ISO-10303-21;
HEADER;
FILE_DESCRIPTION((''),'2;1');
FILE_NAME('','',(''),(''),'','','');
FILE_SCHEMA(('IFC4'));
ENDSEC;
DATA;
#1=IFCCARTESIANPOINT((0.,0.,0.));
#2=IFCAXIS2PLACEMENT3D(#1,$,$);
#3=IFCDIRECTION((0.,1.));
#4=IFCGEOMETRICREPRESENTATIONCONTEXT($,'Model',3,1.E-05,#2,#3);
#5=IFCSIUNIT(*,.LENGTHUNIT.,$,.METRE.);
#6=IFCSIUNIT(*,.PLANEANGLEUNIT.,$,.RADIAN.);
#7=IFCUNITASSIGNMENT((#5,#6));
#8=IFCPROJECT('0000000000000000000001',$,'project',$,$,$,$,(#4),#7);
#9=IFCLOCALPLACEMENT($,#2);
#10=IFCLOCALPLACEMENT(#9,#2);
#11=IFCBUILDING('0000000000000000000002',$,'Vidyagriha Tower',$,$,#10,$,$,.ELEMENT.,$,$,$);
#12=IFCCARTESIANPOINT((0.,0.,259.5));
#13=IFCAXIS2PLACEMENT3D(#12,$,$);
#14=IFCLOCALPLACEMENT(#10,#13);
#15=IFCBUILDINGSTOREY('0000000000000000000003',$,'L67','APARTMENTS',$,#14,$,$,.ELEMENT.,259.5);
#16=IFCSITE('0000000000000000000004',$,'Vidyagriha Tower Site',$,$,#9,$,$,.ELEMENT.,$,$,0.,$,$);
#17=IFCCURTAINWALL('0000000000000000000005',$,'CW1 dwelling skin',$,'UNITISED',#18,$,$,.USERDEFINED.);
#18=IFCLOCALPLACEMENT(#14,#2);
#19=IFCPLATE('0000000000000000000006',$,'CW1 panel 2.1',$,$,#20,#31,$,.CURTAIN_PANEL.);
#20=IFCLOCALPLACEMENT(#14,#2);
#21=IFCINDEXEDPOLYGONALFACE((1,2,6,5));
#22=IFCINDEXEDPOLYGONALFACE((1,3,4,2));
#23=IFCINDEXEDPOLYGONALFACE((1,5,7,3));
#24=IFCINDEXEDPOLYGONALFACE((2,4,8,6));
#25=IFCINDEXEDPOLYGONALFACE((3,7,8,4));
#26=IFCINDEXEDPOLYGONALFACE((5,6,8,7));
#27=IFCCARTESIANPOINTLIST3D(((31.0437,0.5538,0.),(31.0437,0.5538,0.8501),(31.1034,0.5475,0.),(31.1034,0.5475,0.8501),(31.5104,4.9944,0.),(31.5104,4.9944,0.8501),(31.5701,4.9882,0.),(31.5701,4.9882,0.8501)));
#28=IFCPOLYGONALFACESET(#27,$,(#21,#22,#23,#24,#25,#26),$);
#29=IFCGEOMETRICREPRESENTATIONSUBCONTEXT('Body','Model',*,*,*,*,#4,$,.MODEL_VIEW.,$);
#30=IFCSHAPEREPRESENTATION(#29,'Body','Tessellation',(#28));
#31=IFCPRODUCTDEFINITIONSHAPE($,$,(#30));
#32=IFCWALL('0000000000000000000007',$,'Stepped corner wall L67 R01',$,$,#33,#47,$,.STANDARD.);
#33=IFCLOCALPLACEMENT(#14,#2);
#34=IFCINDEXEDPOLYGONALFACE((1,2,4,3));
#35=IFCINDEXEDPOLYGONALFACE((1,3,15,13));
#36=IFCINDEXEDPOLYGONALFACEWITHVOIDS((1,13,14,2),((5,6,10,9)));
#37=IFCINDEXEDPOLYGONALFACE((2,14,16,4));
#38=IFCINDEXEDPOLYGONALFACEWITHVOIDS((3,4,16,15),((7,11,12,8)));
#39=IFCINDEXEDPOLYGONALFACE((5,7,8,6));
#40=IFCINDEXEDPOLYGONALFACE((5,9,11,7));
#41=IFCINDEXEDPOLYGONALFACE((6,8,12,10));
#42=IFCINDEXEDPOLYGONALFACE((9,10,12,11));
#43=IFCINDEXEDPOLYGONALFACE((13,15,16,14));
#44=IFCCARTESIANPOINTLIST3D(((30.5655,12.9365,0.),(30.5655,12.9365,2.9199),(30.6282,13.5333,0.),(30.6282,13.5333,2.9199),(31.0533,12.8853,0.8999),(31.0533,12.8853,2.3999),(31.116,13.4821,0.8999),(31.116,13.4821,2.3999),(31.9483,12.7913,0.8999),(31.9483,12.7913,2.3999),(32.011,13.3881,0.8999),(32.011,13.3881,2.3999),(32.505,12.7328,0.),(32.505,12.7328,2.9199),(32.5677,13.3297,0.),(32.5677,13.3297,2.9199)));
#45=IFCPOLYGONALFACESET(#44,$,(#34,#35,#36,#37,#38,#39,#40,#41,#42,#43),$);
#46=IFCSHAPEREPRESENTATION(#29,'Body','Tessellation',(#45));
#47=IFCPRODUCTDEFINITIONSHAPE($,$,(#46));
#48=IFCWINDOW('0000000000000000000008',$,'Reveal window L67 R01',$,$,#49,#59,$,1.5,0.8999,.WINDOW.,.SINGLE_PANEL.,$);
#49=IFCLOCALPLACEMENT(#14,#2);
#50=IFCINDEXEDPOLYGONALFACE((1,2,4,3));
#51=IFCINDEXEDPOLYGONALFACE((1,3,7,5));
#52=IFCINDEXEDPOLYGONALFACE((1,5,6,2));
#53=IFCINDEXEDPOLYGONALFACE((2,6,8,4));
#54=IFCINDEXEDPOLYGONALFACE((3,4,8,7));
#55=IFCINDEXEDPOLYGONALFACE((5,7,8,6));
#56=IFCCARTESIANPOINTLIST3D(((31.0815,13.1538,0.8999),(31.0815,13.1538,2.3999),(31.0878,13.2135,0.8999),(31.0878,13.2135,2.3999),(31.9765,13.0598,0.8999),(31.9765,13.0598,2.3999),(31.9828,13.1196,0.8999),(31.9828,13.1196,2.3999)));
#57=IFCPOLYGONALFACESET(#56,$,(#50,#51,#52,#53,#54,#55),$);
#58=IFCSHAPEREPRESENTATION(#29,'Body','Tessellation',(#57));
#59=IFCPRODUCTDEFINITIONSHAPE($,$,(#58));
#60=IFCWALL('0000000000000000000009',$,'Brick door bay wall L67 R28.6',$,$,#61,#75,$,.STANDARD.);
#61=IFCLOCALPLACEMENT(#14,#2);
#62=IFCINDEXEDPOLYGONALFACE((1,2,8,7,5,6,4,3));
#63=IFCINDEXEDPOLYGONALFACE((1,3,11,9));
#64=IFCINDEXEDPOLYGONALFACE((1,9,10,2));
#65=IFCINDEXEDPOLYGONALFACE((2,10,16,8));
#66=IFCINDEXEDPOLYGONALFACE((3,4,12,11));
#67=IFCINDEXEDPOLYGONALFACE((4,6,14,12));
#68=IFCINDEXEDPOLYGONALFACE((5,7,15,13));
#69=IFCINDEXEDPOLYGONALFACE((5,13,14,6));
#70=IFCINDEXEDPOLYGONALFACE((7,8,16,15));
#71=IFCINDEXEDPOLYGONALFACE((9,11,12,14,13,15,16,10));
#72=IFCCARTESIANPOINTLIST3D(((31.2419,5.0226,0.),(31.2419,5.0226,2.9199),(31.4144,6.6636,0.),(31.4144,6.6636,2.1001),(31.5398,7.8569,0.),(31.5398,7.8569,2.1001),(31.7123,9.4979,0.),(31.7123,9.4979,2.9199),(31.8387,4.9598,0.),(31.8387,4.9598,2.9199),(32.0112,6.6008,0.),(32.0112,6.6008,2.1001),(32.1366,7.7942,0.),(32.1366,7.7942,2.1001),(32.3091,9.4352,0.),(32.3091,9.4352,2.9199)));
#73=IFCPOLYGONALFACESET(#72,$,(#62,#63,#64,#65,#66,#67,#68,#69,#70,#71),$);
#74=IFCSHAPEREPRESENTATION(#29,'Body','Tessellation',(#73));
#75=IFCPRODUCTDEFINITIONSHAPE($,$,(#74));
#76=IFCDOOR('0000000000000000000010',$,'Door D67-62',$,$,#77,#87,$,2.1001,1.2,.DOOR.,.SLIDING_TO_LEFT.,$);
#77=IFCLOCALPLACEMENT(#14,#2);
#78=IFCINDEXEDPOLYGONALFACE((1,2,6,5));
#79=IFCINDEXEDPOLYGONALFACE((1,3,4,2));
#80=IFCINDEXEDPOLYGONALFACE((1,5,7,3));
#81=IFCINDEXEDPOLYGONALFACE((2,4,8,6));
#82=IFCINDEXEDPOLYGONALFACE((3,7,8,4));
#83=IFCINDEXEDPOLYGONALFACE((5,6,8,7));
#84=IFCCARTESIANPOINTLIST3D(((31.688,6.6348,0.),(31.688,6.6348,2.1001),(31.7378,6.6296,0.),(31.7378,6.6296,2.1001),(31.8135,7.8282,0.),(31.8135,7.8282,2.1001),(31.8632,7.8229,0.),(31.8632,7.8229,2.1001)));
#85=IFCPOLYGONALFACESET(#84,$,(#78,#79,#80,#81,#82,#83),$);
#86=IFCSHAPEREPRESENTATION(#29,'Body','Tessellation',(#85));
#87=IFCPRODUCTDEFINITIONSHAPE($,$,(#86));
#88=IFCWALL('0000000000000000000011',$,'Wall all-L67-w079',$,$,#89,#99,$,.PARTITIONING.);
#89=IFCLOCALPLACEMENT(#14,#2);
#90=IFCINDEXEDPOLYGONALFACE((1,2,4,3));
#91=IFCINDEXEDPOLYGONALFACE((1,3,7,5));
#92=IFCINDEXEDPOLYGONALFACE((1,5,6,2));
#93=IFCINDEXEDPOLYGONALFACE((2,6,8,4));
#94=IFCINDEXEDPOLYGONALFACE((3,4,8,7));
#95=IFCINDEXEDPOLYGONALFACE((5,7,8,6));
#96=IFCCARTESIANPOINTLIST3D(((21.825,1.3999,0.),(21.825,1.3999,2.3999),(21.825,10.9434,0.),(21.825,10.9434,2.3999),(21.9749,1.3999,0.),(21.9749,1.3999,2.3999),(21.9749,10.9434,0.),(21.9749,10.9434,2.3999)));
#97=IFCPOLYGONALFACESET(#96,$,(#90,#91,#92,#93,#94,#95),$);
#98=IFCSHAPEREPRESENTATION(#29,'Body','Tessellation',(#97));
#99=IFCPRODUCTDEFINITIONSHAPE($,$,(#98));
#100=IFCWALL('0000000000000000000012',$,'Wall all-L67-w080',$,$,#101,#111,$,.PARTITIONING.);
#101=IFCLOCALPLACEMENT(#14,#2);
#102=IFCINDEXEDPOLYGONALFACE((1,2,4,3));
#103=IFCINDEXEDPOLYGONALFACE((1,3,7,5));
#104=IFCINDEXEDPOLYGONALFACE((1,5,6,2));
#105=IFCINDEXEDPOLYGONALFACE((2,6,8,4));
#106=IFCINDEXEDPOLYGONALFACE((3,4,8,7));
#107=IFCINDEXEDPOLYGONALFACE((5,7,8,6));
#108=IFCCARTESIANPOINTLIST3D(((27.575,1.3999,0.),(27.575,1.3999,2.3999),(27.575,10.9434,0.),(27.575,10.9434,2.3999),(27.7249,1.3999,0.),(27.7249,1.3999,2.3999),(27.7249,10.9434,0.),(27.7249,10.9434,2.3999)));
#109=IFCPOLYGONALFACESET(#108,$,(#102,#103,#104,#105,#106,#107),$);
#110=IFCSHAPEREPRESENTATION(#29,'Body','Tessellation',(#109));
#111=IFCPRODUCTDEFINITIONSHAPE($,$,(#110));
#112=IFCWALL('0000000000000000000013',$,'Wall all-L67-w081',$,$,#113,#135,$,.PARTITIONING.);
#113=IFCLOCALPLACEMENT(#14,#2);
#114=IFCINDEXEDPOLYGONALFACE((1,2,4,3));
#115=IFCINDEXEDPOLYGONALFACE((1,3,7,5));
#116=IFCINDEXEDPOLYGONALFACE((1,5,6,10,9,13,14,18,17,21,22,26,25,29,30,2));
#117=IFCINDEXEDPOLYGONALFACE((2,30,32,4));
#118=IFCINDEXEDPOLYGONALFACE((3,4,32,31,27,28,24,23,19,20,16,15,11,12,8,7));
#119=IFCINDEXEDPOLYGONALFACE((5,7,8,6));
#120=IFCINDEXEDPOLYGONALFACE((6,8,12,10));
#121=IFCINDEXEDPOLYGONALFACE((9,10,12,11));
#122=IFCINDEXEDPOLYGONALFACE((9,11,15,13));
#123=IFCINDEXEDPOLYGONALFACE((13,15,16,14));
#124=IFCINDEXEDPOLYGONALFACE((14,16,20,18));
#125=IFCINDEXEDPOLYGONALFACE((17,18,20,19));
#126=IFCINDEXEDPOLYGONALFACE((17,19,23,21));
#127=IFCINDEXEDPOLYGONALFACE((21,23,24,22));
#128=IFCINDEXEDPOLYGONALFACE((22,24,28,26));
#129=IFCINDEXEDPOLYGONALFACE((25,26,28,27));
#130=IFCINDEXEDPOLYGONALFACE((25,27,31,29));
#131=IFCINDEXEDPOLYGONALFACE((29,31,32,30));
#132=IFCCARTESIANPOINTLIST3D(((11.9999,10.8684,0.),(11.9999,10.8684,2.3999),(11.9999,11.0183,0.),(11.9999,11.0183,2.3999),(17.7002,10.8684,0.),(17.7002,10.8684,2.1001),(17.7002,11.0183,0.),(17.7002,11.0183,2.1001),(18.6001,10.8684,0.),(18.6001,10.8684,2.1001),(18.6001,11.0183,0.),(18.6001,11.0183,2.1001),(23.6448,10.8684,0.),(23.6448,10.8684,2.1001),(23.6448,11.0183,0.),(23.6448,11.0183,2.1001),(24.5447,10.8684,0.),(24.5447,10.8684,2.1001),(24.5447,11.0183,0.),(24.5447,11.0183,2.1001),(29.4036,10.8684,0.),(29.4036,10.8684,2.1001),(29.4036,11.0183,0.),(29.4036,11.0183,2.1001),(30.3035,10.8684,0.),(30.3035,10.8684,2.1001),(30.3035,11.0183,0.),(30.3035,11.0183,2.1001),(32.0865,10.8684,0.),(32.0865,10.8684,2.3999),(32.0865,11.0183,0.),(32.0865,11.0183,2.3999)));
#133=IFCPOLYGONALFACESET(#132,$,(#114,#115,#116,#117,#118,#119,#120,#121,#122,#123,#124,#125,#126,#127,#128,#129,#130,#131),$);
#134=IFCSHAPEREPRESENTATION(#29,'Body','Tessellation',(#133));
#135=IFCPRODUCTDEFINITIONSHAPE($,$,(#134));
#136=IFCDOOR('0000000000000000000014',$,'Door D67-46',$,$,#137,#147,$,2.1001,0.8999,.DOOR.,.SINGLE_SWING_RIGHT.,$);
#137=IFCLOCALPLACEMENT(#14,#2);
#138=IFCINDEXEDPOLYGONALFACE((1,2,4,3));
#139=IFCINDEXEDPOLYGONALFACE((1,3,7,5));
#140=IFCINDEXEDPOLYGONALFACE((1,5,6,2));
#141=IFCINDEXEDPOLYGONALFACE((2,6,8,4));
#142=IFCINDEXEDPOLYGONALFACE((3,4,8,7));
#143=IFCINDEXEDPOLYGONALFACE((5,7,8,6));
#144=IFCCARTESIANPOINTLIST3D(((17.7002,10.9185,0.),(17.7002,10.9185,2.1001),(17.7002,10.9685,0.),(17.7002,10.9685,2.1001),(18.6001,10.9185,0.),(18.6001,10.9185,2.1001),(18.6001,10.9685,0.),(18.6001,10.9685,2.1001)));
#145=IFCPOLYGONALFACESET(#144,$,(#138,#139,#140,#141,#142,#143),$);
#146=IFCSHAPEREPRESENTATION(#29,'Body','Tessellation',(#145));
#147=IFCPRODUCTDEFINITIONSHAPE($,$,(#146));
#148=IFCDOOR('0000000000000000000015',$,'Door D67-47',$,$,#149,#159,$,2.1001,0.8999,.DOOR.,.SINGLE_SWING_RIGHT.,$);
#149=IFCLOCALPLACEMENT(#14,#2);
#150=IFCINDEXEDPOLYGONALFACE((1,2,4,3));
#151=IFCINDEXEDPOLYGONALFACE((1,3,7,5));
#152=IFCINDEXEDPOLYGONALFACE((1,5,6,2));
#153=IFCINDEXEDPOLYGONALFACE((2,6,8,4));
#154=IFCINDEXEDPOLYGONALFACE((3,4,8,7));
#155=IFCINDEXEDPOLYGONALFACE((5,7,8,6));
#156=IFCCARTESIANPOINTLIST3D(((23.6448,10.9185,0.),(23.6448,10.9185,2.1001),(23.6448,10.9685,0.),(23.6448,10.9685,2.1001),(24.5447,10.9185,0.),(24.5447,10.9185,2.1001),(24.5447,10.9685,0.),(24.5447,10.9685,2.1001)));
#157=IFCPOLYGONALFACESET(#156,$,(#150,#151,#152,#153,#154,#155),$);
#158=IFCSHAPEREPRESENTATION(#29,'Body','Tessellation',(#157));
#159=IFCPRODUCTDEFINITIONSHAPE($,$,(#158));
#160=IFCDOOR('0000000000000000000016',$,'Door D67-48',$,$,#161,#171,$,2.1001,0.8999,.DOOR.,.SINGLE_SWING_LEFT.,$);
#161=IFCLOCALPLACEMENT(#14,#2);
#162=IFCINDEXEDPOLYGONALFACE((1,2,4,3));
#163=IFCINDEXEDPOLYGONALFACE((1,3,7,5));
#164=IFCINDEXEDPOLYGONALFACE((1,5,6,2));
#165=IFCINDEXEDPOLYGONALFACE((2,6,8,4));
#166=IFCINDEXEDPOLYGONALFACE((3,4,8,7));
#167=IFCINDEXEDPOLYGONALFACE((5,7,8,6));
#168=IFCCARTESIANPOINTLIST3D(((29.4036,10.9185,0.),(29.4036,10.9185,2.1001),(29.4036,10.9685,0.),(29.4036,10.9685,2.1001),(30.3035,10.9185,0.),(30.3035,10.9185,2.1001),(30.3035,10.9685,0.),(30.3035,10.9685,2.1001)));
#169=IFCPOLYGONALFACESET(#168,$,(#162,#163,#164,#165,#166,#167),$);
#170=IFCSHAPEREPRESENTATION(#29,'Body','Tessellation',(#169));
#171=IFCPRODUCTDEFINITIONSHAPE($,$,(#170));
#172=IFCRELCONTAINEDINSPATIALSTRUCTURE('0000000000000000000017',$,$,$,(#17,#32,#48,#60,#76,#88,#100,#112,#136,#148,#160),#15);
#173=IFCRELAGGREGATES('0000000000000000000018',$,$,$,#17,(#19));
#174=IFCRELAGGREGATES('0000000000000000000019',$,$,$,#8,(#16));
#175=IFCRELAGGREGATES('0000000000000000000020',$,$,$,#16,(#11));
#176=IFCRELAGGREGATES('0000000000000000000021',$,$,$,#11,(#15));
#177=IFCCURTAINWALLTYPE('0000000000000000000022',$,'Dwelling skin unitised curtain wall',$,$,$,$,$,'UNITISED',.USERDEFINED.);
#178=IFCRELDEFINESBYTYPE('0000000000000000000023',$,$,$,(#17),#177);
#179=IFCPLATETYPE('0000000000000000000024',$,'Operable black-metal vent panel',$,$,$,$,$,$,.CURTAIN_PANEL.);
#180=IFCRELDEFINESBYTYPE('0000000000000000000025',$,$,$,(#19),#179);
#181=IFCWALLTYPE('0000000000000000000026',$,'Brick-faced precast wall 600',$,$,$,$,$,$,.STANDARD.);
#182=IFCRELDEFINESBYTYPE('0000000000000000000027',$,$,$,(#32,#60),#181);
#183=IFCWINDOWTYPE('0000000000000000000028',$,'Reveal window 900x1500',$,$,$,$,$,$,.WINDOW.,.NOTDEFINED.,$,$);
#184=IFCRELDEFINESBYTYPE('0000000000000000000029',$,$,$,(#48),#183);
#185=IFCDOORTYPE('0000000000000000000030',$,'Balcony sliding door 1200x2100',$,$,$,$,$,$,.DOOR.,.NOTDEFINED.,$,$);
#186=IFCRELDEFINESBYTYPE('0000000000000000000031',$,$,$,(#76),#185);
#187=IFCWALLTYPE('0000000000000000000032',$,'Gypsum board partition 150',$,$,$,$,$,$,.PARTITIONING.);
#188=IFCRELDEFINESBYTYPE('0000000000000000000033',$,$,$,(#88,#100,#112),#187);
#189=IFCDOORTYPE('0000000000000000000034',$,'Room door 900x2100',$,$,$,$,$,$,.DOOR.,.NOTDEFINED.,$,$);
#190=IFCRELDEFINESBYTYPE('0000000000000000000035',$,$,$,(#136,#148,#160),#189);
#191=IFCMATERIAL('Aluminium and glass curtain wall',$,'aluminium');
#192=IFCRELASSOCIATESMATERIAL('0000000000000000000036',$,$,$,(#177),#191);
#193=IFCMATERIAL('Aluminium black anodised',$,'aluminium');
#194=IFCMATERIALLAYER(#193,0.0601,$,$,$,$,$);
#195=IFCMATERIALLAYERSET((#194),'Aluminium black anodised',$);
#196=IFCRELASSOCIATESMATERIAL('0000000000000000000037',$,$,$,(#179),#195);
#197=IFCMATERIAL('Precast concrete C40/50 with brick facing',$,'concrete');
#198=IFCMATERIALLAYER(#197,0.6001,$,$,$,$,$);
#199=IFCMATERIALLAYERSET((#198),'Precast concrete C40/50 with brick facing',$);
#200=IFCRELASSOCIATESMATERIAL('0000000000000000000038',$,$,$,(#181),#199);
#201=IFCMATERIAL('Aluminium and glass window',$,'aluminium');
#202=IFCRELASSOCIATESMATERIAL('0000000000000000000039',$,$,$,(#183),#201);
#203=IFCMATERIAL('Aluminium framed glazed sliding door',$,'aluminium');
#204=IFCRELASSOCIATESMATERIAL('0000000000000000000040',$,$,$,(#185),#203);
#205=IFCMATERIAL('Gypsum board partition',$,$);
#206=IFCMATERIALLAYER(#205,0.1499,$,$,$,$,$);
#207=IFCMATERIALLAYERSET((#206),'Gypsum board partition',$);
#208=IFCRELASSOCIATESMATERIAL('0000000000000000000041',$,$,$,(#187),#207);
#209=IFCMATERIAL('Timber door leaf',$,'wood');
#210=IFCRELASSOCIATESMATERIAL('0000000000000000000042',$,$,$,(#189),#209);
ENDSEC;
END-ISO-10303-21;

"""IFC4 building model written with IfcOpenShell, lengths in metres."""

from ifc_helpers import new_model, si_unit, direction, frame, frame_2d, origin, origin_2d, place, context, subcontext, project, spatial, rectangle, extrude, material, layer, layer_set, type_object, element, fill, aggregate, save


model = new_model("IFC4")

# Units and contexts
model_context = context("Model", 3, precision=1e-05, world=origin(), true_north=direction((0.0, 1.0)))
body_context = subcontext(model_context, "Body", "Model", "MODEL_VIEW")
ifc_project = project(units=[si_unit("LENGTHUNIT", "METRE"), si_unit("PLANEANGLEUNIT", "RADIAN")], contexts=[model_context])

# Site, building, storey
site_placement = place(None, origin())
site = spatial("IfcSite", under=ifc_project, at=site_placement, Name="Vidyagriha Tower Site", CompositionType="ELEMENT", RefElevation=0.0)
building_placement = place(site_placement, origin())
building = spatial("IfcBuilding", under=site, at=building_placement, Name="Vidyagriha Tower", CompositionType="ELEMENT")
storey_placement = place(building_placement, frame((0.0, 0.0, 259.5)))
storey = spatial("IfcBuildingStorey", under=building, at=storey_placement, Name="L67", Description="APARTMENTS", CompositionType="ELEMENT", Elevation=259.5)

# Curtain wall
ifc_material_1 = material(Name="Aluminium and glass curtain wall", Category="aluminium")
curtain_wall_type = type_object("IfcCurtainWallType", Name="Dwelling skin unitised curtain wall", ElementType="UNITISED", PredefinedType="USERDEFINED", material=ifc_material_1)
curtain_wall_1_placement = place(storey_placement, origin())
curtain_wall_1 = element("IfcCurtainWall", 1, at=curtain_wall_1_placement, inside=storey, type_object=curtain_wall_type, Name="CW1 dwelling skin", ObjectType="UNITISED", PredefinedType="USERDEFINED")

# Plate
ifc_material_2 = material(Name="Aluminium black anodised", Category="aluminium")
ifc_layer_1 = layer(ifc_material_2, 0.0601)
ifc_layer_set_1 = layer_set([ifc_layer_1], Name="Aluminium black anodised")
plate_type_1 = type_object("IfcPlateType", Name="Operable black-metal vent panel", PredefinedType="CURTAIN_PANEL", material=ifc_layer_set_1)
plate_1_placement = place(storey_placement, frame((31.3069, 2.771, 0.0), z_axis=(0.0, 0.0, 1.0), x_axis=(0.10453, 0.994522, 0.0)))
plate_1 = element("IfcPlate", 2, at=plate_1_placement, type_object=plate_type_1, Name="CW1 panel 2.1", PredefinedType="CURTAIN_PANEL", context=body_context, shape_type="SweptSolid", body=[
    extrude(rectangle(XDim=4.4651, YDim=0.0601, at=origin_2d()), origin(), (0.0, 0.0, 1.0), 0.8501),
])
aggregate(curtain_wall_1, [plate_1])

# Wall, opening, window
ifc_material_3 = material(Name="Precast concrete C40/50 with brick facing", Category="concrete")
ifc_layer_2 = layer(ifc_material_3, 0.6001)
ifc_layer_set_2 = layer_set([ifc_layer_2], Name="Precast concrete C40/50 with brick facing")
wall_type_1 = type_object("IfcWallType", Name="Brick-faced precast wall 600", PredefinedType="STANDARD", material=ifc_layer_set_2)
wall_1_placement = place(storey_placement, frame((32.5364, 13.0312, 0.0), z_axis=(0.0, 0.0, 1.0), x_axis=(-0.994534, 0.104411, 0.0)))
wall_1 = element("IfcWall", 3, at=wall_1_placement, inside=storey, type_object=wall_type_1, Name="Stepped corner wall L67 R01", PredefinedType="STANDARD", context=body_context, shape_type="SweptSolid", body=[
    extrude(rectangle(XDim=1.9502, YDim=0.6001, at=frame_2d((0.9751, 0.0))), origin(), (0.0, 0.0, 1.0), 2.9199),
])
opening_1_placement = place(wall_1_placement, frame((0.5598, 0.0, 0.8999)))
opening_1 = element("IfcOpeningElement", 4, at=opening_1_placement, cuts=wall_1, PredefinedType="OPENING", context=body_context, shape_type="SweptSolid", body=[
    extrude(rectangle(XDim=0.8999, YDim=1.5, at=frame_2d((0.45, 0.75))), frame((0.0, 0.3101, 0.0), z_axis=(0.0, -1.0, 0.0), x_axis=(1.0, 0.0, 0.0)), (0.0, 0.0, 1.0), 0.6201),
])
ifc_material_4 = material(Name="Aluminium and glass window", Category="aluminium")
window_type = type_object("IfcWindowType", Name="Reveal window 900x1500", PartitioningType="NOTDEFINED", PredefinedType="WINDOW", material=ifc_material_4)
window_placement = place(opening_1_placement, origin())
window = element("IfcWindow", 5, at=window_placement, inside=storey, type_object=window_type, Name="Reveal window L67 R01", OverallHeight=1.5, OverallWidth=0.8999, PartitioningType="SINGLE_PANEL", PredefinedType="WINDOW", context=body_context, shape_type="SweptSolid", body=[
    extrude(rectangle(XDim=0.8999, YDim=1.5, at=frame_2d((0.45, 0.75))), frame((0.0, 0.03, 0.0), z_axis=(0.0, -1.0, 0.0), x_axis=(1.0, 0.0, 0.0)), (0.0, 0.0, 1.0), 0.0601),
])
fill(opening_1, window)

# Wall, opening, door
wall_2_placement = place(storey_placement, frame((31.5403, 4.9912, 0.0), z_axis=(0.0, 0.0, 1.0), x_axis=(0.104546, 0.99452, 0.0)))
wall_2 = element("IfcWall", 6, at=wall_2_placement, inside=storey, type_object=wall_type_1, Name="Brick door bay wall L67 R28.6", PredefinedType="STANDARD", context=body_context, shape_type="SweptSolid", body=[
    extrude(rectangle(XDim=4.5, YDim=0.6001, at=frame_2d((2.25, 0.0))), origin(), (0.0, 0.0, 1.0), 2.9199),
])
opening_2_placement = place(wall_2_placement, frame((1.6499, 0.0, 0.0)))
opening_2 = element("IfcOpeningElement", 7, at=opening_2_placement, cuts=wall_2, PredefinedType="OPENING", context=body_context, shape_type="SweptSolid", body=[
    extrude(rectangle(XDim=1.2, YDim=2.1001, at=frame_2d((0.6001, 1.05))), frame((0.0, 0.3101, 0.0), z_axis=(0.0, -1.0, 0.0), x_axis=(1.0, 0.0, 0.0)), (0.0, 0.0, 1.0), 0.6201),
])
ifc_material_5 = material(Name="Aluminium framed glazed sliding door", Category="aluminium")
door_type_1 = type_object("IfcDoorType", Name="Balcony sliding door 1200x2100", OperationType="NOTDEFINED", PredefinedType="DOOR", material=ifc_material_5)
door_1_placement = place(opening_2_placement, origin())
door_1 = element("IfcDoor", 8, at=door_1_placement, inside=storey, type_object=door_type_1, Name="Door D67-62", OperationType="SLIDING_TO_LEFT", OverallHeight=2.1001, OverallWidth=1.2, PredefinedType="DOOR", context=body_context, shape_type="SweptSolid", body=[
    extrude(rectangle(XDim=1.2, YDim=2.1001, at=frame_2d((0.6001, 1.05))), frame((0.0, 0.0249, 0.0), z_axis=(0.0, -1.0, 0.0), x_axis=(1.0, 0.0, 0.0)), (0.0, 0.0, 1.0), 0.05),
])
fill(opening_2, door_1)

# Walls
ifc_material_6 = material(Name="Gypsum board partition")
ifc_layer_3 = layer(ifc_material_6, 0.1499)
ifc_layer_set_3 = layer_set([ifc_layer_3], Name="Gypsum board partition")
wall_type_2 = type_object("IfcWallType", Name="Gypsum board partition 150", PredefinedType="PARTITIONING", material=ifc_layer_set_3)
for number, where, z_axis, x_axis, name in (
    (9, (21.8999, 10.9434, 0.0), (0.0, 0.0, 1.0), (0.0, -1.0, 0.0), "Wall all-L67-w079"),
    (10, (27.6499, 10.9434, 0.0), (0.0, 0.0, 1.0), (0.0, -1.0, 0.0), "Wall all-L67-w080"),
):
    element("IfcWall", number, at=place(storey_placement, frame(where, z_axis=z_axis, x_axis=x_axis)), inside=storey, type_object=wall_type_2, Name=name, PredefinedType="PARTITIONING", context=body_context, shape_type="SweptSolid", body=[
        extrude(rectangle(XDim=9.5435, YDim=0.1499, at=frame_2d((4.7717, 0.0))), origin(), (0.0, 0.0, 1.0), 2.3999),
    ])

# Wall, openings, doors
wall_3_placement = place(storey_placement, frame((32.0867, 10.9434, 0.0), z_axis=(0.0, 0.0, 1.0), x_axis=(-1.0, 0.0, 0.0)))
wall_3 = element("IfcWall", 11, at=wall_3_placement, inside=storey, type_object=wall_type_2, Name="Wall all-L67-w081", PredefinedType="PARTITIONING", context=body_context, shape_type="SweptSolid", body=[
    extrude(rectangle(XDim=20.0867, YDim=0.1499, at=frame_2d((10.0435, 0.0))), origin(), (0.0, 0.0, 1.0), 2.3999),
])
opening_3_placement = place(wall_3_placement, frame((13.4866, 0.0, 0.0)))
opening_3 = element("IfcOpeningElement", 12, at=opening_3_placement, cuts=wall_3, PredefinedType="OPENING", context=body_context, shape_type="SweptSolid", body=[
    extrude(rectangle(XDim=0.8999, YDim=2.1001, at=frame_2d((0.45, 1.05))), frame((0.0, 0.085, 0.0), z_axis=(0.0, -1.0, 0.0), x_axis=(1.0, 0.0, 0.0)), (0.0, 0.0, 1.0), 0.1699),
])
opening_4_placement = place(wall_3_placement, frame((7.542, 0.0, 0.0)))
opening_4 = element("IfcOpeningElement", 13, at=opening_4_placement, cuts=wall_3, PredefinedType="OPENING", context=body_context, shape_type="SweptSolid", body=[
    extrude(rectangle(XDim=0.8999, YDim=2.1001, at=frame_2d((0.45, 1.05))), frame((0.0, 0.085, 0.0), z_axis=(0.0, -1.0, 0.0), x_axis=(1.0, 0.0, 0.0)), (0.0, 0.0, 1.0), 0.1699),
])
opening_5_placement = place(wall_3_placement, frame((1.7832, 0.0, 0.0)))
opening_5 = element("IfcOpeningElement", 14, at=opening_5_placement, cuts=wall_3, PredefinedType="OPENING", context=body_context, shape_type="SweptSolid", body=[
    extrude(rectangle(XDim=0.8999, YDim=2.1001, at=frame_2d((0.45, 1.05))), frame((0.0, 0.085, 0.0), z_axis=(0.0, -1.0, 0.0), x_axis=(1.0, 0.0, 0.0)), (0.0, 0.0, 1.0), 0.1699),
])
ifc_material_7 = material(Name="Timber door leaf", Category="wood")
door_type_2 = type_object("IfcDoorType", Name="Room door 900x2100", OperationType="NOTDEFINED", PredefinedType="DOOR", material=ifc_material_7)
door_2_placement = place(opening_3_placement, origin())
door_2 = element("IfcDoor", 15, at=door_2_placement, inside=storey, type_object=door_type_2, Name="Door D67-46", OperationType="SINGLE_SWING_RIGHT", OverallHeight=2.1001, OverallWidth=0.8999, PredefinedType="DOOR", context=body_context, shape_type="SweptSolid", body=[
    extrude(rectangle(XDim=0.8999, YDim=2.1001, at=frame_2d((0.45, 1.05))), frame((0.0, 0.0249, 0.0), z_axis=(0.0, -1.0, 0.0), x_axis=(1.0, 0.0, 0.0)), (0.0, 0.0, 1.0), 0.05),
])
fill(opening_3, door_2)
door_3_placement = place(opening_4_placement, origin())
door_3 = element("IfcDoor", 16, at=door_3_placement, inside=storey, type_object=door_type_2, Name="Door D67-47", OperationType="SINGLE_SWING_RIGHT", OverallHeight=2.1001, OverallWidth=0.8999, PredefinedType="DOOR", context=body_context, shape_type="SweptSolid", body=[
    extrude(rectangle(XDim=0.8999, YDim=2.1001, at=frame_2d((0.45, 1.05))), frame((0.0, 0.0249, 0.0), z_axis=(0.0, -1.0, 0.0), x_axis=(1.0, 0.0, 0.0)), (0.0, 0.0, 1.0), 0.05),
])
fill(opening_4, door_3)
door_4_placement = place(opening_5_placement, origin())
door_4 = element("IfcDoor", 17, at=door_4_placement, inside=storey, type_object=door_type_2, Name="Door D67-48", OperationType="SINGLE_SWING_LEFT", OverallHeight=2.1001, OverallWidth=0.8999, PredefinedType="DOOR", context=body_context, shape_type="SweptSolid", body=[
    extrude(rectangle(XDim=0.8999, YDim=2.1001, at=frame_2d((0.45, 1.05))), frame((0.0, 0.0249, 0.0), z_axis=(0.0, -1.0, 0.0), x_axis=(1.0, 0.0, 0.0)), (0.0, 0.0, 1.0), 0.05),
])
fill(opening_5, door_4)

save(model, "model.ifc")
